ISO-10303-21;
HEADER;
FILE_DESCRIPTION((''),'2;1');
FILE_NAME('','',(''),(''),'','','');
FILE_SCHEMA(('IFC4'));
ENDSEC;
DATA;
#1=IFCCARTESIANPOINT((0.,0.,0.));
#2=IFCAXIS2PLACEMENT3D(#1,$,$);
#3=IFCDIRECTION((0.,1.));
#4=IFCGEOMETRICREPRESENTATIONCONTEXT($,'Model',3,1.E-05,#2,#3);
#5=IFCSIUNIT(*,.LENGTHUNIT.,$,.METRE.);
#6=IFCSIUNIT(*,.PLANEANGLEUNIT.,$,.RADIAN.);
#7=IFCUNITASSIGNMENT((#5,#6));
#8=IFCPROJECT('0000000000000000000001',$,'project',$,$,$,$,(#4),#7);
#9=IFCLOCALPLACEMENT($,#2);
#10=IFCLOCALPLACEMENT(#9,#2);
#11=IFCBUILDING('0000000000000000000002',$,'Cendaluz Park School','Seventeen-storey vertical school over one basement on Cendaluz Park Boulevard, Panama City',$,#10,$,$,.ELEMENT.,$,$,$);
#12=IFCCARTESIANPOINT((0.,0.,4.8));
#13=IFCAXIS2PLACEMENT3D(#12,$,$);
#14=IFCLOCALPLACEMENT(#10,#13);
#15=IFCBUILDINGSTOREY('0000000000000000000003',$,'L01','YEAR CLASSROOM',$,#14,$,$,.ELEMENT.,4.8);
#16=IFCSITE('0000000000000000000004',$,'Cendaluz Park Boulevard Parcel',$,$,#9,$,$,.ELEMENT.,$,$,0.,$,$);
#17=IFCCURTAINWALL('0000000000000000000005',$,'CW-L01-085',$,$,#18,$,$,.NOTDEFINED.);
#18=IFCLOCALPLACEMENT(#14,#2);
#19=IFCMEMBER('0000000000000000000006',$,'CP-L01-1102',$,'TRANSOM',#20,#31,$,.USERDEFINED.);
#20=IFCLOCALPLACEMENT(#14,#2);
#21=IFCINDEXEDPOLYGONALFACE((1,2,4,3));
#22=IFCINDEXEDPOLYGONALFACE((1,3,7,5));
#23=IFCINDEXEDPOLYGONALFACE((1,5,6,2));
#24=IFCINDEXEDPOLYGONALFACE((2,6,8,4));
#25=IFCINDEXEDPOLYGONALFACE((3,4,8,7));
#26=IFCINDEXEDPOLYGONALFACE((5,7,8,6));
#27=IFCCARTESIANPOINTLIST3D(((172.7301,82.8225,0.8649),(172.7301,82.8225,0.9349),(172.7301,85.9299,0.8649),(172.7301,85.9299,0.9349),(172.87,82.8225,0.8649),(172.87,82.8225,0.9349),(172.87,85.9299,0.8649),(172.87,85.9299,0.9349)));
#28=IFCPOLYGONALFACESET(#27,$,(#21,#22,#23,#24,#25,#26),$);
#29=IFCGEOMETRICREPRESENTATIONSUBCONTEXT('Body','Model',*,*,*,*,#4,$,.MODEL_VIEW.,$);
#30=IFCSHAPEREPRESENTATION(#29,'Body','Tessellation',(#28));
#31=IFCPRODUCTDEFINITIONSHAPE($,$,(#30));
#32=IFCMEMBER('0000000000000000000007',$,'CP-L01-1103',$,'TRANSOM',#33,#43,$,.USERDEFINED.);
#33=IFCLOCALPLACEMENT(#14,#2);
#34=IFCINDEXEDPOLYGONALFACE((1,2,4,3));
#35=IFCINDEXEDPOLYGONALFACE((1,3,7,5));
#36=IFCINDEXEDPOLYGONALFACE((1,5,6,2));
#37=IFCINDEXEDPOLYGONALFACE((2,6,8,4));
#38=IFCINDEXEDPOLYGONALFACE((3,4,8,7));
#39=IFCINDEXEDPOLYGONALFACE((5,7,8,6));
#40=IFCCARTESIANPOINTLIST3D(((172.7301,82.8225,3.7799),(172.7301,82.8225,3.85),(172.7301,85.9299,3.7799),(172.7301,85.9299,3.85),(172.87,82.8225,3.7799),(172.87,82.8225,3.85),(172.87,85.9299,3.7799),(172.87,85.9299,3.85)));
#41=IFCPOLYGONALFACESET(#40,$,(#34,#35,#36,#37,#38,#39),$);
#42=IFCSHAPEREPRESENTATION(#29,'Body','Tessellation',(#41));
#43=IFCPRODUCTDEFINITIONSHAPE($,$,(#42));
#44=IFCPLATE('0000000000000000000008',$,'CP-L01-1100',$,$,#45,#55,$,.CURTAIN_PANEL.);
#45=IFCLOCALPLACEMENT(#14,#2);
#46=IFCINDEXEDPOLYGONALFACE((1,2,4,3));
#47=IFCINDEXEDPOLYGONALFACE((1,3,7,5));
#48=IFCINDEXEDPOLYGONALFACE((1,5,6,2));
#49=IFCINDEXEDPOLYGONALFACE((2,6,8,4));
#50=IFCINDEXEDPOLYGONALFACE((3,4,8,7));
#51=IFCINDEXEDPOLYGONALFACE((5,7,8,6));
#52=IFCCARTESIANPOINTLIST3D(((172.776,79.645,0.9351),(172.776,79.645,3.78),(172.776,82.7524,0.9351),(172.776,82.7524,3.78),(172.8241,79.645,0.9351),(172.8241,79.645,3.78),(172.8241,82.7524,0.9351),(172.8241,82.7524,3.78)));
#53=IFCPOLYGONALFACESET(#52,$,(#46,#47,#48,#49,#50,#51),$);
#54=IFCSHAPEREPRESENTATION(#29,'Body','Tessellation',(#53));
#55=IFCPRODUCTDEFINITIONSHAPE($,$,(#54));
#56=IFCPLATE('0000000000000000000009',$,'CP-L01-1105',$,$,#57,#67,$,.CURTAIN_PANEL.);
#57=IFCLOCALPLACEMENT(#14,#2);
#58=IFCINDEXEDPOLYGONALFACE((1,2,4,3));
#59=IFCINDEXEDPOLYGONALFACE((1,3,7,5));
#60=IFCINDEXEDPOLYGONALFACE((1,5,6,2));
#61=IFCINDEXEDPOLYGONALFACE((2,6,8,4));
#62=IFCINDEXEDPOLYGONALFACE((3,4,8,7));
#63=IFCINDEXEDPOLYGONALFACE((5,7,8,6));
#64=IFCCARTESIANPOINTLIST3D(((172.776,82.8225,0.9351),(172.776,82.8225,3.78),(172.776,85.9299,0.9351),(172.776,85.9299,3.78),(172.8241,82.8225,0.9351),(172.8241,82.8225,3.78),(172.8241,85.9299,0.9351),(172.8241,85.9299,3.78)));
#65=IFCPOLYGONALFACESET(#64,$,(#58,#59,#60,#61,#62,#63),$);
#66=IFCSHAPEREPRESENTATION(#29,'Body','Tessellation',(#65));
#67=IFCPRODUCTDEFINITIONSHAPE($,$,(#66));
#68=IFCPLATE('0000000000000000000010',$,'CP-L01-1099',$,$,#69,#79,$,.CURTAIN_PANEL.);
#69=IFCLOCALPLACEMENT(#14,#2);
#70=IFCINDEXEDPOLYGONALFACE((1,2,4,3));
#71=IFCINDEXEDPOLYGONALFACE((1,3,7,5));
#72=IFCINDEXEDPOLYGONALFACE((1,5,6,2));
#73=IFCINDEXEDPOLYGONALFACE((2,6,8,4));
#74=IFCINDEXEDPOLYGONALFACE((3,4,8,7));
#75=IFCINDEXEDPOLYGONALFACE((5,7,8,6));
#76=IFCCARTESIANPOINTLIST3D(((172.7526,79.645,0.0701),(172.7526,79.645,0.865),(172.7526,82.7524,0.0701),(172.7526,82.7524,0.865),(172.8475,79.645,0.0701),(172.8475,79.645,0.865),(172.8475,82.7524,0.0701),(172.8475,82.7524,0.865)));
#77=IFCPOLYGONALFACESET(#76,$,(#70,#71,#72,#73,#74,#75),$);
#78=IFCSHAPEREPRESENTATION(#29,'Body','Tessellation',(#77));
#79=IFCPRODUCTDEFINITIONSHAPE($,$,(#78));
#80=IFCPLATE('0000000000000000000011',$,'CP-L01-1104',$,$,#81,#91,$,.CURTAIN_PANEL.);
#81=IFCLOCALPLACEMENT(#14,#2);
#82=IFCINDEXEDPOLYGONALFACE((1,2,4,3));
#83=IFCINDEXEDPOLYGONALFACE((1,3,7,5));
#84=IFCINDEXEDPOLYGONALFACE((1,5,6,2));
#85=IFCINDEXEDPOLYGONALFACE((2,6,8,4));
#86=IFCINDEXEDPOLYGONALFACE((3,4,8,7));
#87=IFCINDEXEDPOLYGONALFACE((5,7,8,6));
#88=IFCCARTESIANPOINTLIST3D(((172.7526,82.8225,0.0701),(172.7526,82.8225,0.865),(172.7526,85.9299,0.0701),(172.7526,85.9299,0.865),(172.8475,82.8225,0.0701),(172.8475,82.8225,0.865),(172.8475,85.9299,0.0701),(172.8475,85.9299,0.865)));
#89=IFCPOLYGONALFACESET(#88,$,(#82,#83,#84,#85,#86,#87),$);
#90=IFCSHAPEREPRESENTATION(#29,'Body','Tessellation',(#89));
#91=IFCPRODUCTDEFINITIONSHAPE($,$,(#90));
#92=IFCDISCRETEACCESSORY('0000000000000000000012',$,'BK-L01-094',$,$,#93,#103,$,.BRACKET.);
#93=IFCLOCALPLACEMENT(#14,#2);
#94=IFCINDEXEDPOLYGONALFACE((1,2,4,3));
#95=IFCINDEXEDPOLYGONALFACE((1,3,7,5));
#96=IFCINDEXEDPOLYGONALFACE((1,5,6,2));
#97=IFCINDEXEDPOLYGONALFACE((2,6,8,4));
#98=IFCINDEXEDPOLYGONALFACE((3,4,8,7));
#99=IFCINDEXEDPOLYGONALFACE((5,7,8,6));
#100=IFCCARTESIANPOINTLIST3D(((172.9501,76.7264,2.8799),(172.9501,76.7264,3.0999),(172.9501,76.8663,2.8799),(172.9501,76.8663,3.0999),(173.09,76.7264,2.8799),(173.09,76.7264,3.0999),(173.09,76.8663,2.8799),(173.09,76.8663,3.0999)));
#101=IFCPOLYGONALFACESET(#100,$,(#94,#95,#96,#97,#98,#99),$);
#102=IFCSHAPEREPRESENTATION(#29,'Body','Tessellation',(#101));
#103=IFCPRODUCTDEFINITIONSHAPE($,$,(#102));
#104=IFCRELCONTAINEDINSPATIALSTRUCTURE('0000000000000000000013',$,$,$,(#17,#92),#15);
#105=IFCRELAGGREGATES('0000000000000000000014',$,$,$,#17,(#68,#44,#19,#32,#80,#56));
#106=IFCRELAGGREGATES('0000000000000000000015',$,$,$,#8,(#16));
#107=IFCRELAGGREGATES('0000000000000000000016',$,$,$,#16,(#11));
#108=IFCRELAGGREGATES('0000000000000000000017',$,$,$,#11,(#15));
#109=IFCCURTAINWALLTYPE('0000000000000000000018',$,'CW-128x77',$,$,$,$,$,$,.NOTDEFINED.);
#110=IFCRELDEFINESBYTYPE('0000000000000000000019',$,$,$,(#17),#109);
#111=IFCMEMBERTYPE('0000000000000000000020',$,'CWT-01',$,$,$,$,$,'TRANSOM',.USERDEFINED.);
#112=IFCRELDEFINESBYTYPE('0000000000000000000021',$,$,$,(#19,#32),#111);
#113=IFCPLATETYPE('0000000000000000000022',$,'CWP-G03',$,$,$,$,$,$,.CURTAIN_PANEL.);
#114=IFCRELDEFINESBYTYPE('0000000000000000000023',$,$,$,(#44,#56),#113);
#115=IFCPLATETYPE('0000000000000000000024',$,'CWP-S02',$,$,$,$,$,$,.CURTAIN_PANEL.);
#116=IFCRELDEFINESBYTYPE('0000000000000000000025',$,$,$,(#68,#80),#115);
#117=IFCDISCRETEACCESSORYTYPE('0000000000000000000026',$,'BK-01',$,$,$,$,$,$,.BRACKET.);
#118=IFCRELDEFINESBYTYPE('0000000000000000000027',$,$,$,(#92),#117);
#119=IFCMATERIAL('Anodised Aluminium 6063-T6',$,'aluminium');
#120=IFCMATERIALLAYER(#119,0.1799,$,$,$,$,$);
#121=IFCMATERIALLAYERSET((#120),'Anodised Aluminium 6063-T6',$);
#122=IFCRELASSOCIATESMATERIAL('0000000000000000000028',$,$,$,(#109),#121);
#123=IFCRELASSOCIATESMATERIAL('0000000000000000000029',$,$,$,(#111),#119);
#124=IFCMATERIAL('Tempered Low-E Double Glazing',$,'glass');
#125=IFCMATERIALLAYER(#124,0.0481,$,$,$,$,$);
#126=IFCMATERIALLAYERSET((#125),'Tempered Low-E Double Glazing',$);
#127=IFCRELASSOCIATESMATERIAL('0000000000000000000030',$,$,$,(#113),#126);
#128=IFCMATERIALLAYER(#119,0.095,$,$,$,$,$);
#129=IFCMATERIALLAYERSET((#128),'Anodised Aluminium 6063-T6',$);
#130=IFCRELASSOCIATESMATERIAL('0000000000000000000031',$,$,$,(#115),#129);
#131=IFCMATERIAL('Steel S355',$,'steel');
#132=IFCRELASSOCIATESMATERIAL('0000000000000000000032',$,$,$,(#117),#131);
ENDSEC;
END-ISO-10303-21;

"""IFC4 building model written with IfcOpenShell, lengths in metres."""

from ifc_helpers import new_model, si_unit, direction, frame, origin, origin_2d, place, context, subcontext, project, spatial, rectangle, extrude, material, layer, layer_set, material_profile, profile_set, type_object, element, aggregate, save


model = new_model("IFC4")

# Units and contexts
model_context = context("Model", 3, precision=1e-05, world=origin(), true_north=direction((0.0, 1.0)))
body_context = subcontext(model_context, "Body", "Model", "MODEL_VIEW")
ifc_project = project(units=[si_unit("LENGTHUNIT", "METRE"), si_unit("PLANEANGLEUNIT", "RADIAN")], contexts=[model_context])

# Site, building, storey
site_placement = place(None, origin())
site = spatial("IfcSite", under=ifc_project, at=site_placement, Name="Cendaluz Park Boulevard Parcel", CompositionType="ELEMENT", RefElevation=0.0)
building_placement = place(site_placement, origin())
building = spatial("IfcBuilding", under=site, at=building_placement, Name="Cendaluz Park School", Description="Seventeen-storey vertical school over one basement on Cendaluz Park Boulevard, Panama City", CompositionType="ELEMENT")
storey_placement = place(building_placement, frame((0.0, 0.0, 4.8)))
storey = spatial("IfcBuildingStorey", under=building, at=storey_placement, Name="L01", Description="YEAR CLASSROOM", CompositionType="ELEMENT", Elevation=4.8)

# Curtain wall, members, plates
ifc_material_1 = material(Name="Anodised Aluminium 6063-T6", Category="aluminium")
ifc_layer_1 = layer(ifc_material_1, 0.1799)
ifc_layer_set_1 = layer_set([ifc_layer_1], Name="Anodised Aluminium 6063-T6")
curtain_wall_type = type_object("IfcCurtainWallType", Name="CW-128x77", PredefinedType="NOTDEFINED", material=ifc_layer_set_1)
curtain_wall_placement = place(storey_placement, origin())
curtain_wall = element("IfcCurtainWall", 1, at=curtain_wall_placement, inside=storey, type_object=curtain_wall_type, Name="CW-L01-085", PredefinedType="NOTDEFINED")
ifc_material_profile_1 = material_profile(ifc_material_1, rectangle(XDim=0.1399, YDim=0.0701, at=origin_2d()), Name="CWT 140x70", Category="aluminium")
ifc_profile_set_1 = profile_set([ifc_material_profile_1], Name="Anodised Aluminium 6063-T6")
member_type_1 = type_object("IfcMemberType", Name="CWT-01", ElementType="TRANSOM", PredefinedType="USERDEFINED", material=ifc_profile_set_1)
member_1_placement = place(storey_placement, frame((172.8, 82.8225, 0.8999), z_axis=(0.0, 1.0, 0.0), x_axis=(-1.0, 0.0, 0.0)))
member_1 = element("IfcMember", 2, at=member_1_placement, type_object=member_type_1, Name="CP-L01-1102", ObjectType="TRANSOM", PredefinedType="USERDEFINED", context=body_context, shape_type="SweptSolid", body=[
    extrude(rectangle(XDim=0.1399, YDim=0.0701, at=origin_2d()), origin(), (0.0, 0.0, 1.0), 3.1074),
])
member_2_placement = place(storey_placement, frame((172.8, 82.8225, 3.8149), z_axis=(0.0, 1.0, 0.0), x_axis=(-1.0, 0.0, 0.0)))
member_2 = element("IfcMember", 3, at=member_2_placement, type_object=member_type_1, Name="CP-L01-1103", ObjectType="TRANSOM", PredefinedType="USERDEFINED", context=body_context, shape_type="SweptSolid", body=[
    extrude(rectangle(XDim=0.1399, YDim=0.0701, at=origin_2d()), origin(), (0.0, 0.0, 1.0), 3.1074),
])
ifc_material_2 = material(Name="Tempered Low-E Double Glazing", Category="glass")
ifc_layer_2 = layer(ifc_material_2, 0.0481)
ifc_layer_set_2 = layer_set([ifc_layer_2], Name="Tempered Low-E Double Glazing")
plate_type_1 = type_object("IfcPlateType", Name="CWP-G03", PredefinedType="CURTAIN_PANEL", material=ifc_layer_set_2)
plate_1_placement = place(storey_placement, frame((172.8, 81.1987, 0.9351), z_axis=(0.0, 0.0, 1.0), x_axis=(0.0, 1.0, 0.0)))
plate_1 = element("IfcPlate", 4, at=plate_1_placement, type_object=plate_type_1, Name="CP-L01-1100", PredefinedType="CURTAIN_PANEL", context=body_context, shape_type="SweptSolid", body=[
    extrude(rectangle(XDim=3.1074, YDim=0.0481, at=origin_2d()), origin(), (0.0, 0.0, 1.0), 2.845),
])
plate_2_placement = place(storey_placement, frame((172.8, 84.3762, 0.9351), z_axis=(0.0, 0.0, 1.0), x_axis=(0.0, 1.0, 0.0)))
plate_2 = element("IfcPlate", 5, at=plate_2_placement, type_object=plate_type_1, Name="CP-L01-1105", PredefinedType="CURTAIN_PANEL", context=body_context, shape_type="SweptSolid", body=[
    extrude(rectangle(XDim=3.1074, YDim=0.0481, at=origin_2d()), origin(), (0.0, 0.0, 1.0), 2.845),
])
ifc_layer_3 = layer(ifc_material_1, 0.095)
ifc_layer_set_3 = layer_set([ifc_layer_3], Name="Anodised Aluminium 6063-T6")
plate_type_2 = type_object("IfcPlateType", Name="CWP-S02", PredefinedType="CURTAIN_PANEL", material=ifc_layer_set_3)
plate_3_placement = place(storey_placement, frame((172.8, 81.1987, 0.0701), z_axis=(0.0, 0.0, 1.0), x_axis=(0.0, 1.0, 0.0)))
plate_3 = element("IfcPlate", 6, at=plate_3_placement, type_object=plate_type_2, Name="CP-L01-1099", PredefinedType="CURTAIN_PANEL", context=body_context, shape_type="SweptSolid", body=[
    extrude(rectangle(XDim=3.1074, YDim=0.095, at=origin_2d()), origin(), (0.0, 0.0, 1.0), 0.7949),
])
plate_4_placement = place(storey_placement, frame((172.8, 84.3762, 0.0701), z_axis=(0.0, 0.0, 1.0), x_axis=(0.0, 1.0, 0.0)))
plate_4 = element("IfcPlate", 7, at=plate_4_placement, type_object=plate_type_2, Name="CP-L01-1104", PredefinedType="CURTAIN_PANEL", context=body_context, shape_type="SweptSolid", body=[
    extrude(rectangle(XDim=3.1074, YDim=0.095, at=origin_2d()), origin(), (0.0, 0.0, 1.0), 0.7949),
])
aggregate(curtain_wall, [plate_3, plate_1, member_1, member_2, plate_4, plate_2])

# Discrete accessory
ifc_material_3 = material(Name="Steel S355", Category="steel")
discrete_accessory_type = type_object("IfcDiscreteAccessoryType", Name="BK-01", PredefinedType="BRACKET", material=ifc_material_3)
discrete_accessory_placement = place(storey_placement, frame((173.02, 76.7964, 2.8799), z_axis=(0.0, 0.0, 1.0), x_axis=(0.0, 1.0, 0.0)))
element("IfcDiscreteAccessory", 8, at=discrete_accessory_placement, inside=storey, type_object=discrete_accessory_type, Name="BK-L01-094", PredefinedType="BRACKET", context=body_context, shape_type="SweptSolid", body=[
    extrude(rectangle(XDim=0.1399, YDim=0.1399, at=origin_2d()), origin(), (0.0, 0.0, 1.0), 0.22),
])

save(model, "model.ifc")
